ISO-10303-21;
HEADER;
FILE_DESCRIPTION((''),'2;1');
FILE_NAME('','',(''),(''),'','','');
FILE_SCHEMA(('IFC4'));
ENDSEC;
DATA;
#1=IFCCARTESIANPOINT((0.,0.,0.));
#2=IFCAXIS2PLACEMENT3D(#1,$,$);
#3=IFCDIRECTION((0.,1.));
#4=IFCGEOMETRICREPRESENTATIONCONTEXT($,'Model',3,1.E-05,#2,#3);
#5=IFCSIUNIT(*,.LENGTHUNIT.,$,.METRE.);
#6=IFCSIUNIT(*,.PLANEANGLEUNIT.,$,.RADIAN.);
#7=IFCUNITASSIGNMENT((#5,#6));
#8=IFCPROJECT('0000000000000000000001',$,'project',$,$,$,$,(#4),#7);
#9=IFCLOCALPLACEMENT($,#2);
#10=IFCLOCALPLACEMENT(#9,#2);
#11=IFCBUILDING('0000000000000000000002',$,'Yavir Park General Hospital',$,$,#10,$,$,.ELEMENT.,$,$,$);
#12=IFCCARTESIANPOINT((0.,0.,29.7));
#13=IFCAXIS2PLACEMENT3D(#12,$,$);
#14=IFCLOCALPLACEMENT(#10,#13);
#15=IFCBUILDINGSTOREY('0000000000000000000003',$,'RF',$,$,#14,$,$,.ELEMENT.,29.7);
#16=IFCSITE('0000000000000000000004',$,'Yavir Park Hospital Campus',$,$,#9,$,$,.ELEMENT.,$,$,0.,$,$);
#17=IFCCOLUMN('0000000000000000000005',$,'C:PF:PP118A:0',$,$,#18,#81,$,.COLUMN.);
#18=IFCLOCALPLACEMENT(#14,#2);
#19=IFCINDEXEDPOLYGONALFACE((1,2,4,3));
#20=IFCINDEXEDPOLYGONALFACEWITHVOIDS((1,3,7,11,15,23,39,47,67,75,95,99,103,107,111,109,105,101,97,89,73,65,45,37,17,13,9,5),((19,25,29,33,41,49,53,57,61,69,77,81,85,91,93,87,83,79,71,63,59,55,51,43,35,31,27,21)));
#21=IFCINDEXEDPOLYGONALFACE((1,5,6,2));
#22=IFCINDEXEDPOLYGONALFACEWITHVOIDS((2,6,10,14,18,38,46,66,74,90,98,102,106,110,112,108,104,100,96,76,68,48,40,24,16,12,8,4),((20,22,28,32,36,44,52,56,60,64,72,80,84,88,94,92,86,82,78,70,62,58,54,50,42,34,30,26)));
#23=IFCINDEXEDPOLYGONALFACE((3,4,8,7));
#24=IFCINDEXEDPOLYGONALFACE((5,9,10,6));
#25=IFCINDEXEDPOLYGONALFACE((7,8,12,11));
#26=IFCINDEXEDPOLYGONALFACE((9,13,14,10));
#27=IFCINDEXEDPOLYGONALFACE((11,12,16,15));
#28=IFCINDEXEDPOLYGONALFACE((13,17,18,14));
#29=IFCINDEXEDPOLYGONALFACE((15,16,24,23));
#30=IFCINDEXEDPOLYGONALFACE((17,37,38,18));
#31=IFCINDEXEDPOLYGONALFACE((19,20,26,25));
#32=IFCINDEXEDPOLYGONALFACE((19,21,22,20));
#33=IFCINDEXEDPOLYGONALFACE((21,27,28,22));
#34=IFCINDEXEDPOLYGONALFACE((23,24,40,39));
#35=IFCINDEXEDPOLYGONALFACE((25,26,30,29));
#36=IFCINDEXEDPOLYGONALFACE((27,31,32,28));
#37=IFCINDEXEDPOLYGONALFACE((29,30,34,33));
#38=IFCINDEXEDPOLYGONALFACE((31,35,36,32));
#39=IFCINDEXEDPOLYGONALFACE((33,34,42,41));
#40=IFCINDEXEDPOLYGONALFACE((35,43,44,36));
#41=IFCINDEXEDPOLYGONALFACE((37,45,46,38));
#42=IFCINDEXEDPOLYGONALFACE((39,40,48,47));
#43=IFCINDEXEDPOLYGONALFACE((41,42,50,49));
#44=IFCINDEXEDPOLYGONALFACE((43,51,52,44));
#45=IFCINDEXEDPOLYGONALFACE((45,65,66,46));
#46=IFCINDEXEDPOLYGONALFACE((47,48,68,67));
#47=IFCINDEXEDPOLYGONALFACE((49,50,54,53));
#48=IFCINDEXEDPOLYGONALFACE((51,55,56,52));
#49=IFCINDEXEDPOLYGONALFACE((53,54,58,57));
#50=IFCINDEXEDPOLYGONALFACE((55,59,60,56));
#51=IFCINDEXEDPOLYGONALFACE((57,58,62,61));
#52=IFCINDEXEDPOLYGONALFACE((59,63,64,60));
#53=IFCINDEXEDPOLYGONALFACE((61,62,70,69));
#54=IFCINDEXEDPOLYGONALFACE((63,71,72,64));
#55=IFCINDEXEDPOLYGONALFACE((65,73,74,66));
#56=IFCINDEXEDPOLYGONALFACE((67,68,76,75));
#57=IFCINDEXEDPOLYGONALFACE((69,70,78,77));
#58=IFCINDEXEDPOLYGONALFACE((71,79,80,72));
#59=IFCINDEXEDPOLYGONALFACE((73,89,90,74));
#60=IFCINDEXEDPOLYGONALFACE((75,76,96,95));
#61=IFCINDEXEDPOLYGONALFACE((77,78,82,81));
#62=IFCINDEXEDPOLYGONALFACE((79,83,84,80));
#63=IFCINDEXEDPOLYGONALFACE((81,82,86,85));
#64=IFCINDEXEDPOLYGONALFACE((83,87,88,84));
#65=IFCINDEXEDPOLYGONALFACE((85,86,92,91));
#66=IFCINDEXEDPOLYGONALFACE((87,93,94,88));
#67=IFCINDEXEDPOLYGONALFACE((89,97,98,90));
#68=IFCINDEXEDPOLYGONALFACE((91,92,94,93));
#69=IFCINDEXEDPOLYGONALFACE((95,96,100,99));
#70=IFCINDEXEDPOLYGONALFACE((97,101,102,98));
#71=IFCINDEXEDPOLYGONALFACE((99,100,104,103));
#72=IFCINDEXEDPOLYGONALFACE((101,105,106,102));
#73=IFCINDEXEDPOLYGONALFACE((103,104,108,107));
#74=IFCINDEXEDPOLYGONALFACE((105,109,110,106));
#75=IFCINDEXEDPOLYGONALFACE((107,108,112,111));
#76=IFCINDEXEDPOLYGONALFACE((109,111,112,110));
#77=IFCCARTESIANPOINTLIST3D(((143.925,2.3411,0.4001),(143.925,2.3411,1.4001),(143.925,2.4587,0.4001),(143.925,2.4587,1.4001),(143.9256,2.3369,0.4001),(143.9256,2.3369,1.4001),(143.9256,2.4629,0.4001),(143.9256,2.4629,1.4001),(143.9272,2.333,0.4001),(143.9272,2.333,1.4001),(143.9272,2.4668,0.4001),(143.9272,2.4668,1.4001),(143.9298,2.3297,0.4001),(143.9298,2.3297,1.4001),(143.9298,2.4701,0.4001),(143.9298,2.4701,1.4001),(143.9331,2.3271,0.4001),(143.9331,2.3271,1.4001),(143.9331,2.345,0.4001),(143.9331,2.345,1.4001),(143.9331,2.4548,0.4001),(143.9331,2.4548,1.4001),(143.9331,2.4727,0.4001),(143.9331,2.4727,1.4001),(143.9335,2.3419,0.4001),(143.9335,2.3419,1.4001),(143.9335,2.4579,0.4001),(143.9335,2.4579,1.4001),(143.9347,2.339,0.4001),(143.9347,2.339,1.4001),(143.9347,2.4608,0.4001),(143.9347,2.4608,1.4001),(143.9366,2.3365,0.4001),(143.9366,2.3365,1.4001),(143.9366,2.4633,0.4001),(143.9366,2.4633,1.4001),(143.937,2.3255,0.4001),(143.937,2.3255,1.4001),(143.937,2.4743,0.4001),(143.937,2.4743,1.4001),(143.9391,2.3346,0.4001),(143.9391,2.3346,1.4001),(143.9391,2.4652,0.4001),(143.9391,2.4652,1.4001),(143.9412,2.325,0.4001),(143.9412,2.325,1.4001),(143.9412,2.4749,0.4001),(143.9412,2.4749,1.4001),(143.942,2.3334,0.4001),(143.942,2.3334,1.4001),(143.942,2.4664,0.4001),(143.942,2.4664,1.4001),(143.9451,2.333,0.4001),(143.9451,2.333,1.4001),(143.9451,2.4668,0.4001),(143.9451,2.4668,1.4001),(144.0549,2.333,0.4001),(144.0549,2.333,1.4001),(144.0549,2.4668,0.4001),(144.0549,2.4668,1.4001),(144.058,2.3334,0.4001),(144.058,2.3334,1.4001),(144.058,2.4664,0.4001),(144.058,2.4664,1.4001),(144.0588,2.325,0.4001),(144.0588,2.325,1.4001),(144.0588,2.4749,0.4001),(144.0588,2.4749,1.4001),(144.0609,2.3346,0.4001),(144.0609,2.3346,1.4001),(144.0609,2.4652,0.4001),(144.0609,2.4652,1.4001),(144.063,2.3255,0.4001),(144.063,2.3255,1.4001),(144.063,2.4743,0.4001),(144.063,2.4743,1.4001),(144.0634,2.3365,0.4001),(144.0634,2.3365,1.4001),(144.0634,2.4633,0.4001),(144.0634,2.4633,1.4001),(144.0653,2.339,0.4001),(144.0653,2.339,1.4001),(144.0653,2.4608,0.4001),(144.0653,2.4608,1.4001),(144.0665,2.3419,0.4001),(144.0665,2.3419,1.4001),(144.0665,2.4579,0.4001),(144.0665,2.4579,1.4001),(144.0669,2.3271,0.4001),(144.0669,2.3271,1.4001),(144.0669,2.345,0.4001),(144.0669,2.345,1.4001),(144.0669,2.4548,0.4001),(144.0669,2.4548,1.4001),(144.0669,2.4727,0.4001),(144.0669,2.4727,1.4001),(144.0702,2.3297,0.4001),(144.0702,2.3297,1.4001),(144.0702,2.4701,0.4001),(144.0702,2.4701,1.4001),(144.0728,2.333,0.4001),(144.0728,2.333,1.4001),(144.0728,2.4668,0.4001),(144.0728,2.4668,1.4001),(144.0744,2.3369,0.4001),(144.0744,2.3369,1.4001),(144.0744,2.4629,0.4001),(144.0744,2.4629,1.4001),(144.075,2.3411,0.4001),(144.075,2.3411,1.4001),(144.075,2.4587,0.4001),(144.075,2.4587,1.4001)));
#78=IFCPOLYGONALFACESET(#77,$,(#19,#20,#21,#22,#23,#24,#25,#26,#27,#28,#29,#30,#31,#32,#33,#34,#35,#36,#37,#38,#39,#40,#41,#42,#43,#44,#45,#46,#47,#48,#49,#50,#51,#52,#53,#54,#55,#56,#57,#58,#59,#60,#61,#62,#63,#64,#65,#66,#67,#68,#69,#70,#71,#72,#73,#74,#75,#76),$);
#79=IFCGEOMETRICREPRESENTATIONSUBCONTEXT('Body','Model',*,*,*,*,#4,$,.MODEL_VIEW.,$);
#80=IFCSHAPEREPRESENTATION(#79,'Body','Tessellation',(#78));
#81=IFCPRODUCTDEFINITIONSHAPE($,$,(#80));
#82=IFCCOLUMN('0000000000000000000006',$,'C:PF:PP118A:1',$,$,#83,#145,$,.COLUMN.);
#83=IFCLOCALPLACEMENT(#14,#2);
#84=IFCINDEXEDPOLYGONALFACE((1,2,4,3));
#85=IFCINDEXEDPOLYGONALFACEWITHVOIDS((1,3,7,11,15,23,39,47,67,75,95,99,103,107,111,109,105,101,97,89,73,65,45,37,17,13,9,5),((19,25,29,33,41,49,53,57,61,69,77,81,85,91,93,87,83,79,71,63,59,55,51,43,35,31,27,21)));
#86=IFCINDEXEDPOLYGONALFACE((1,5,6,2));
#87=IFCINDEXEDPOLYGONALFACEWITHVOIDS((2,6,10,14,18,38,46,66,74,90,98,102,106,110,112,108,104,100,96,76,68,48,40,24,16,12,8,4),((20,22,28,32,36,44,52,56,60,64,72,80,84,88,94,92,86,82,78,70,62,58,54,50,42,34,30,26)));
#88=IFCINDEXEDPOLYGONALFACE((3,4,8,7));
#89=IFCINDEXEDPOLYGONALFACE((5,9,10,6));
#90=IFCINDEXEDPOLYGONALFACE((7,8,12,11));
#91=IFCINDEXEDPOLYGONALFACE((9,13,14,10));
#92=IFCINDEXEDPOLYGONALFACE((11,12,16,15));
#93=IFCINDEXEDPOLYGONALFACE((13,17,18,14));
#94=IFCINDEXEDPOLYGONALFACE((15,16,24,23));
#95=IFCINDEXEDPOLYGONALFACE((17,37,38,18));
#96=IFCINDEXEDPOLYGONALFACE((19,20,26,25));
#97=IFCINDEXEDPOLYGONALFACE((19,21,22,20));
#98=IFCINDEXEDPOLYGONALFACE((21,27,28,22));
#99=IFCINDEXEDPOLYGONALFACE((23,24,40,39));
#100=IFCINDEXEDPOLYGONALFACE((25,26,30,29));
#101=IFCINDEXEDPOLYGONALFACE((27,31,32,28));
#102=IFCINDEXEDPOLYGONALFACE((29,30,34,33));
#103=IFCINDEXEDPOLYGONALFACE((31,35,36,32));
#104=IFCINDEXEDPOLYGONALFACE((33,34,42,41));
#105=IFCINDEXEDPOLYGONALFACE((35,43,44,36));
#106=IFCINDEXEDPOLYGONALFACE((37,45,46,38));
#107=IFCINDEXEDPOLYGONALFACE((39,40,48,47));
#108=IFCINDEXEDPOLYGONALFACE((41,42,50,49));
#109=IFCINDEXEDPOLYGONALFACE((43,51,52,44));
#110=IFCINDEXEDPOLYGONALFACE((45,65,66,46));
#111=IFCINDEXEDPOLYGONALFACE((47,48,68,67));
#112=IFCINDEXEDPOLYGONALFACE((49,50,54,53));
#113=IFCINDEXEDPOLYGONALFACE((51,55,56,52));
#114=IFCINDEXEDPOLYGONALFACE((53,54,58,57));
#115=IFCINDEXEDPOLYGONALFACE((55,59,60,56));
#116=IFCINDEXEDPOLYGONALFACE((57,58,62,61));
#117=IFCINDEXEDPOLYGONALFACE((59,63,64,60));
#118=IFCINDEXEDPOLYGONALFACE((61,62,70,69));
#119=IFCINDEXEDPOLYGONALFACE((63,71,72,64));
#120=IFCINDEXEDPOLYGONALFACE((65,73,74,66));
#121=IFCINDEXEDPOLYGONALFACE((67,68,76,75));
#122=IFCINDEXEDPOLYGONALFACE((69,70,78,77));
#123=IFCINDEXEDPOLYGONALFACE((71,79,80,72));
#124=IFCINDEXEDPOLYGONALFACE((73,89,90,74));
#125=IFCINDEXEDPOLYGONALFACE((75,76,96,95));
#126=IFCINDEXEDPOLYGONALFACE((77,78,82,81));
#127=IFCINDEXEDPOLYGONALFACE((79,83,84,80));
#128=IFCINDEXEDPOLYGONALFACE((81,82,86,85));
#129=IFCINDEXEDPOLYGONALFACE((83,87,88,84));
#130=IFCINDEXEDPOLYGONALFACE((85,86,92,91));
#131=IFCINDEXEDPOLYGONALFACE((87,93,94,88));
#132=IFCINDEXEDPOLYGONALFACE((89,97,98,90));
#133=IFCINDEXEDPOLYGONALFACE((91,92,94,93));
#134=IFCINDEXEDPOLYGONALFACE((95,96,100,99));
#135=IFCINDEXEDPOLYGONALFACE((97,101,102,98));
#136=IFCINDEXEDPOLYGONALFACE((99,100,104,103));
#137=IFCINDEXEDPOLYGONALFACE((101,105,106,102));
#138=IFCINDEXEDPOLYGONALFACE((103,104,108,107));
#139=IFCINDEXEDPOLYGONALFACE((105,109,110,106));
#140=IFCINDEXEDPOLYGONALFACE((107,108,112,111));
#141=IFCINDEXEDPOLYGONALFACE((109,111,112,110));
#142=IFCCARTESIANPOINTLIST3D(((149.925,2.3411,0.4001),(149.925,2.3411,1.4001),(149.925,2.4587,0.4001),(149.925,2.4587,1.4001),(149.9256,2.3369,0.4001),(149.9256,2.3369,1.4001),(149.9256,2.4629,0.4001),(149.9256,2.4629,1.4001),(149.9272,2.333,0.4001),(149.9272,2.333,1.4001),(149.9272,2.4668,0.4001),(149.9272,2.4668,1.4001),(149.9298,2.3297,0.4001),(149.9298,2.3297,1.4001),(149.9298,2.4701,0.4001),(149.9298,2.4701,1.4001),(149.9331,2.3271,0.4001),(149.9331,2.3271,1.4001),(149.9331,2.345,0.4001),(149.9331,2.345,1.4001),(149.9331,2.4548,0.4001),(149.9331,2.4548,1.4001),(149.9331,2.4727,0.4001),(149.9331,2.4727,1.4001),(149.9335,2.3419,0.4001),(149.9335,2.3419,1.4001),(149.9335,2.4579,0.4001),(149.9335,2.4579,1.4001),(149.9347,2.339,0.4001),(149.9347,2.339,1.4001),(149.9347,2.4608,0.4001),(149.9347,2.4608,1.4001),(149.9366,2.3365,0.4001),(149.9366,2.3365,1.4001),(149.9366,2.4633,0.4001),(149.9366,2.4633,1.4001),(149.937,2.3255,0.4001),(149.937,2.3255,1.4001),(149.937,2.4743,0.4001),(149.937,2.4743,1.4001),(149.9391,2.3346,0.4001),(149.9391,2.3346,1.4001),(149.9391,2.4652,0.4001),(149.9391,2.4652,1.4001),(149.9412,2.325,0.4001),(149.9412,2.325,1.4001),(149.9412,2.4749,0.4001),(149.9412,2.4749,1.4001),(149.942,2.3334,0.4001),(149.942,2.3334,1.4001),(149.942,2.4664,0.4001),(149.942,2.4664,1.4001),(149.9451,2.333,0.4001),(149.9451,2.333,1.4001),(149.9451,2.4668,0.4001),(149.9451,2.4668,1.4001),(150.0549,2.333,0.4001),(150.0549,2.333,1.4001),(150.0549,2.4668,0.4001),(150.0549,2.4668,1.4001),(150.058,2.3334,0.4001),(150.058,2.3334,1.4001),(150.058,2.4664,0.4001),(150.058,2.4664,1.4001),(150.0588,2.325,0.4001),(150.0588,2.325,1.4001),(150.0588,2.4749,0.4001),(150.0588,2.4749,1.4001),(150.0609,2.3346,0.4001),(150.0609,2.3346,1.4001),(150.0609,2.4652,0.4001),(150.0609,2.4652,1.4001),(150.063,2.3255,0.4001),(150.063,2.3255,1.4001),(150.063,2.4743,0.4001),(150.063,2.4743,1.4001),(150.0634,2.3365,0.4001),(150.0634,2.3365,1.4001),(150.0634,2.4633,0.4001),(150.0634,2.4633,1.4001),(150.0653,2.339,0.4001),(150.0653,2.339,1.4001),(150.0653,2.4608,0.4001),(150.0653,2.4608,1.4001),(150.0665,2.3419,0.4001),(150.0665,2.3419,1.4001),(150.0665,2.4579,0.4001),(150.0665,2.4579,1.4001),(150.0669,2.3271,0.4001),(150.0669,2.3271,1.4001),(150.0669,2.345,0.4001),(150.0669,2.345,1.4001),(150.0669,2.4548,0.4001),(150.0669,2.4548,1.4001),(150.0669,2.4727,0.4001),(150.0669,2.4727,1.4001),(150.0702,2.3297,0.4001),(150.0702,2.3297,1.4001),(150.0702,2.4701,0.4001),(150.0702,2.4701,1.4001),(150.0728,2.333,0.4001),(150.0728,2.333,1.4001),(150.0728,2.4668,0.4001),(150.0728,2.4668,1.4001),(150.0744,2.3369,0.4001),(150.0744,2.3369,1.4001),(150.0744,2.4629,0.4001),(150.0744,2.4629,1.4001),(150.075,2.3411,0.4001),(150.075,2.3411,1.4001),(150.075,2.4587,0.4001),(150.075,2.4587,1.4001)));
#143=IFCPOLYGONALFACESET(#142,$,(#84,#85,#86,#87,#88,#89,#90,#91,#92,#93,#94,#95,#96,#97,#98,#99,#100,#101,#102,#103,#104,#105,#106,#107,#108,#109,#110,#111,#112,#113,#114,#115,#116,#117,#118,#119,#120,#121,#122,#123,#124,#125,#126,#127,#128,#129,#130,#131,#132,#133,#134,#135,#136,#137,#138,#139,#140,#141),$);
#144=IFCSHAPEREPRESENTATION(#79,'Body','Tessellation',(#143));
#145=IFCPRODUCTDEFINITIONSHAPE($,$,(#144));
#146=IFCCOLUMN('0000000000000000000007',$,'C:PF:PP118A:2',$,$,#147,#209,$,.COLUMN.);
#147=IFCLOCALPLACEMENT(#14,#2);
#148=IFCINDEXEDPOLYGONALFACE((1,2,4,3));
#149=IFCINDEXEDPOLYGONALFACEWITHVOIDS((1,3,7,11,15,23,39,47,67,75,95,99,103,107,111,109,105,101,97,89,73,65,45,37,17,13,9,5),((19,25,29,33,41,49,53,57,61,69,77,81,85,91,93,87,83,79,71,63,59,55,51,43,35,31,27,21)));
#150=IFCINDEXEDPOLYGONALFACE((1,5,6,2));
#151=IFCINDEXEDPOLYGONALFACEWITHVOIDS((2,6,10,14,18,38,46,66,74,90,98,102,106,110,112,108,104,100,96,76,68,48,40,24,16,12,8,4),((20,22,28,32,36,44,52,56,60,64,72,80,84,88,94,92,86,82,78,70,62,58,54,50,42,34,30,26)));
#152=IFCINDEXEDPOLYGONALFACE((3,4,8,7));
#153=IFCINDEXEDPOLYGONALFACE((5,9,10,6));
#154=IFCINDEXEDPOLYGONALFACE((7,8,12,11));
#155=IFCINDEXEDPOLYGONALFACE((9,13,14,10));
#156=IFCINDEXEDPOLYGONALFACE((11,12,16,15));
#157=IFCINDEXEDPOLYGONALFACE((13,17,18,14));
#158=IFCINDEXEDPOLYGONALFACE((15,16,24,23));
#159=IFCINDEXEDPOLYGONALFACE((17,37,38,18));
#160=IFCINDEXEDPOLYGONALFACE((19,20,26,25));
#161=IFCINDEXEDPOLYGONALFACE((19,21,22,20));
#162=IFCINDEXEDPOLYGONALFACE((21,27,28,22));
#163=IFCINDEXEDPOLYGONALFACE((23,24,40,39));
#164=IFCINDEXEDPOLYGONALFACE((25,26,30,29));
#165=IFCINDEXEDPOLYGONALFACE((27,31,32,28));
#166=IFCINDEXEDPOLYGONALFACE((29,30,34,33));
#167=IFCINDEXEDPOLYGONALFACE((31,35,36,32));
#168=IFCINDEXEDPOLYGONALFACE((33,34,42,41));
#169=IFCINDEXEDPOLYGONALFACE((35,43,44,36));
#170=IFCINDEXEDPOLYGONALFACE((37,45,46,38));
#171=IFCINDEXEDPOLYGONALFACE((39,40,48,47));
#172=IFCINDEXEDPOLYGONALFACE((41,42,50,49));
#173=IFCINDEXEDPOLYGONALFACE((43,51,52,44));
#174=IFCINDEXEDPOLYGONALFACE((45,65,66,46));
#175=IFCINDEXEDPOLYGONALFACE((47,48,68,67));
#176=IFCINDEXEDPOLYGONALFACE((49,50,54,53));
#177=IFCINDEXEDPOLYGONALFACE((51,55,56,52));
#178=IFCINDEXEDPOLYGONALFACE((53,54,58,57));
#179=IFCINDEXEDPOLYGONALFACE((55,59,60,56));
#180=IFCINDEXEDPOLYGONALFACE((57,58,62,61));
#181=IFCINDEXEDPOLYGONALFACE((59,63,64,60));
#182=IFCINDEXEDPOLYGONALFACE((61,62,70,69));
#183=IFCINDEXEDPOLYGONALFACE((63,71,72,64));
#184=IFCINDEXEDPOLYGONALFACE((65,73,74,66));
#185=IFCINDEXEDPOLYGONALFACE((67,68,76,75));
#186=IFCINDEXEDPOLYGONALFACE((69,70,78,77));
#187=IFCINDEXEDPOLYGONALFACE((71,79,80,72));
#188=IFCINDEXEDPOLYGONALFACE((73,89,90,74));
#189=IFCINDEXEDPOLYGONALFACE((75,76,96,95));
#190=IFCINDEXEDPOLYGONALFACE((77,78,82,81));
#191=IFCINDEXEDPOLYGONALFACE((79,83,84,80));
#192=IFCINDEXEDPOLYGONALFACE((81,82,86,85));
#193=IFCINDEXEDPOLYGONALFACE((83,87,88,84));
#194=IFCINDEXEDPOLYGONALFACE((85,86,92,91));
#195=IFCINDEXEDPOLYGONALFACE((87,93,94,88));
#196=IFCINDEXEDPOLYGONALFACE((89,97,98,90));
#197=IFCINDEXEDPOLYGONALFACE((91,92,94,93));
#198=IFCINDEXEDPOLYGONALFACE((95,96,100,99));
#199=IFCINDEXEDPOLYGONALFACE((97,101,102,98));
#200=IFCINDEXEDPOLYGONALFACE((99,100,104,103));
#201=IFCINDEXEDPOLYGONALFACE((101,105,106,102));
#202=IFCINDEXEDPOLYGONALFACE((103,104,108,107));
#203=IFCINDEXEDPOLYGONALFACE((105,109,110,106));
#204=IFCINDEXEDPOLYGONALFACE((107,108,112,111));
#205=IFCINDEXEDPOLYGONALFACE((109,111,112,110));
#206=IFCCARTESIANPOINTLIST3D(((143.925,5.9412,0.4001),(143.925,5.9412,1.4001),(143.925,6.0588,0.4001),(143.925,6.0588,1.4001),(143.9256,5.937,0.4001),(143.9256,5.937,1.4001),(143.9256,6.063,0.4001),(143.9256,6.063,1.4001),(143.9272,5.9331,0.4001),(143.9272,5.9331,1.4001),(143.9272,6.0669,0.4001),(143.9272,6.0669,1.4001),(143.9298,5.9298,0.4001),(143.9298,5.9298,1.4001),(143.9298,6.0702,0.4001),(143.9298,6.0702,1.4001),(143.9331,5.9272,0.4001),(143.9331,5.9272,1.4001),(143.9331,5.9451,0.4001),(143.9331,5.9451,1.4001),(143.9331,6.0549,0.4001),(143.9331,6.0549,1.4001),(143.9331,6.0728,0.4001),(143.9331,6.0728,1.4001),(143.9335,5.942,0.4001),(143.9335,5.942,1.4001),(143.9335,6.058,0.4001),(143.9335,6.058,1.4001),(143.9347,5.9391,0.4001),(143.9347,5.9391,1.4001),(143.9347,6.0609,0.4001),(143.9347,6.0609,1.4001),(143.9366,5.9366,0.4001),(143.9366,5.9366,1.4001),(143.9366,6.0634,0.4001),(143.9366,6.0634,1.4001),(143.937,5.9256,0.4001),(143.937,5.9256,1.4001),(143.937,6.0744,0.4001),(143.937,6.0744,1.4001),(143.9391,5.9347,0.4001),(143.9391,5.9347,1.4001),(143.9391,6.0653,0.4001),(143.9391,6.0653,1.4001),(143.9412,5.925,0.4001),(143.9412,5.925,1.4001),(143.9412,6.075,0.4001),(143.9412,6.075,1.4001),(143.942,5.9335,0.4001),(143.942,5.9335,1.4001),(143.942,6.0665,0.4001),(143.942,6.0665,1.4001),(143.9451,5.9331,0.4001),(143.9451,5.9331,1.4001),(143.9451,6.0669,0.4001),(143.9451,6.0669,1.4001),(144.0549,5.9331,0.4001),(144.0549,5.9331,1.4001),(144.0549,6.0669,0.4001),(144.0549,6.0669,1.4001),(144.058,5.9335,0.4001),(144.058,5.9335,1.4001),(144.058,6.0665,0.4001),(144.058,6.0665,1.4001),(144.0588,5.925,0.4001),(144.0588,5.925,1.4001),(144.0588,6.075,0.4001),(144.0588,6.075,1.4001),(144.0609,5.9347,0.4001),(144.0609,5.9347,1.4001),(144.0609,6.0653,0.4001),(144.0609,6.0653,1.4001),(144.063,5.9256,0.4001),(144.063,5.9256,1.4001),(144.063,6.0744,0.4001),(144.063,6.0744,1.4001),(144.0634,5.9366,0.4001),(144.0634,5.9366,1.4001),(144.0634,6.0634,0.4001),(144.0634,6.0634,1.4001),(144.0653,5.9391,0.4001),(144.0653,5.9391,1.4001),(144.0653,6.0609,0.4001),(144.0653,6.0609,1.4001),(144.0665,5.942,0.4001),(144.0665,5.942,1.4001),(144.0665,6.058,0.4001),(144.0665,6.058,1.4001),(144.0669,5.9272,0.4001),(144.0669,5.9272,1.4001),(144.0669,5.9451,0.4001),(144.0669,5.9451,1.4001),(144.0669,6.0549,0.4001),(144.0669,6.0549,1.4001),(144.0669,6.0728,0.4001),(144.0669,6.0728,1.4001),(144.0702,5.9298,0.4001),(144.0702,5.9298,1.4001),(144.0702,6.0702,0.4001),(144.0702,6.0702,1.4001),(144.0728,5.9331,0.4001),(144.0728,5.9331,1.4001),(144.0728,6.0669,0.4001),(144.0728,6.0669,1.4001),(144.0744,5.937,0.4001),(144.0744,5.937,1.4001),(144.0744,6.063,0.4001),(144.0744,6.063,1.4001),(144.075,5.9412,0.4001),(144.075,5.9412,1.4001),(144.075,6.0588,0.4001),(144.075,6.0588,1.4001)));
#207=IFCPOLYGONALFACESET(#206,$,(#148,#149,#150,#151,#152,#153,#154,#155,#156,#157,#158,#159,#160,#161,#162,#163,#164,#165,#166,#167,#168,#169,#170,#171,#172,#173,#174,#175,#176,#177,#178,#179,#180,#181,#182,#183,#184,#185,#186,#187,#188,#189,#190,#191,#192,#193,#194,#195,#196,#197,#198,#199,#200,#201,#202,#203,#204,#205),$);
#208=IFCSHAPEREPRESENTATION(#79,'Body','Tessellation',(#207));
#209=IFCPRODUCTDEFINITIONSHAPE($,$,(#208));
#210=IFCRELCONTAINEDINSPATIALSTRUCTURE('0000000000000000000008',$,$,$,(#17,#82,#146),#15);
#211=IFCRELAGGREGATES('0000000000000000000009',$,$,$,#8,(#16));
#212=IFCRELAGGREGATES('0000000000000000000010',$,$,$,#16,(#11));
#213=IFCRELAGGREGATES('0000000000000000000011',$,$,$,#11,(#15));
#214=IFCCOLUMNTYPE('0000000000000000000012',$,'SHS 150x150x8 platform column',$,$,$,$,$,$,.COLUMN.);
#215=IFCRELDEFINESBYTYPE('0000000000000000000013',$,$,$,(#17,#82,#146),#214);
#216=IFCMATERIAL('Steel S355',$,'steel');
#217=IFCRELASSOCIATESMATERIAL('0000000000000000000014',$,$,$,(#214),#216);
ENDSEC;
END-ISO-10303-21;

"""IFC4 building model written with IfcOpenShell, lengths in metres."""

from ifc_helpers import new_model, si_unit, direction, frame, origin, origin_2d, place, context, subcontext, project, spatial, hollow_rectangle, extrude, material, material_profile, profile_set, type_object, element, save


model = new_model("IFC4")

# Units and contexts
model_context = context("Model", 3, precision=1e-05, world=origin(), true_north=direction((0.0, 1.0)))
body_context = subcontext(model_context, "Body", "Model", "MODEL_VIEW")
ifc_project = project(units=[si_unit("LENGTHUNIT", "METRE"), si_unit("PLANEANGLEUNIT", "RADIAN")], contexts=[model_context])

# Site, building, storey
site_placement = place(None, origin())
site = spatial("IfcSite", under=ifc_project, at=site_placement, Name="Yavir Park Hospital Campus", CompositionType="ELEMENT", RefElevation=0.0)
building_placement = place(site_placement, origin())
building = spatial("IfcBuilding", under=site, at=building_placement, Name="Yavir Park General Hospital", CompositionType="ELEMENT")
storey_placement = place(building_placement, frame((0.0, 0.0, 29.7)))
storey = spatial("IfcBuildingStorey", under=building, at=storey_placement, Name="RF", CompositionType="ELEMENT", Elevation=29.7)

# Columns
ifc_material_1 = material(Name="Steel S355", Category="steel")
ifc_material_profile_1 = material_profile(ifc_material_1, hollow_rectangle(XDim=0.1499, YDim=0.1499, WallThickness=0.0081, InnerFilletRadius=0.012, OuterFilletRadius=0.0161, at=origin_2d()), Name="SHS150x150x8")
ifc_profile_set_1 = profile_set([ifc_material_profile_1], Name="Steel S355")
column_type_1 = type_object("IfcColumnType", Name="SHS 150x150x8 platform column", PredefinedType="COLUMN", material=ifc_profile_set_1)
for number, where, z_axis, x_axis, name in (
    (1, (144.0, 2.3999, 0.4001), (0.0, 0.0, 1.0), (1.0, 0.0, 0.0), "C:PF:PP118A:0"),
    (2, (150.0, 2.3999, 0.4001), (0.0, 0.0, 1.0), (1.0, 0.0, 0.0), "C:PF:PP118A:1"),
    (3, (144.0, 6.0, 0.4001), (0.0, 0.0, 1.0), (1.0, 0.0, 0.0), "C:PF:PP118A:2"),
):
    element("IfcColumn", number, at=place(storey_placement, frame(where, z_axis=z_axis, x_axis=x_axis)), inside=storey, type_object=column_type_1, Name=name, PredefinedType="COLUMN", context=body_context, shape_type="SweptSolid", body=[
        extrude(hollow_rectangle(XDim=0.1499, YDim=0.1499, WallThickness=0.0081, InnerFilletRadius=0.012, OuterFilletRadius=0.0161, at=origin_2d()), origin(), (0.0, 0.0, 1.0), 1.0),
    ])

save(model, "model.ifc")
